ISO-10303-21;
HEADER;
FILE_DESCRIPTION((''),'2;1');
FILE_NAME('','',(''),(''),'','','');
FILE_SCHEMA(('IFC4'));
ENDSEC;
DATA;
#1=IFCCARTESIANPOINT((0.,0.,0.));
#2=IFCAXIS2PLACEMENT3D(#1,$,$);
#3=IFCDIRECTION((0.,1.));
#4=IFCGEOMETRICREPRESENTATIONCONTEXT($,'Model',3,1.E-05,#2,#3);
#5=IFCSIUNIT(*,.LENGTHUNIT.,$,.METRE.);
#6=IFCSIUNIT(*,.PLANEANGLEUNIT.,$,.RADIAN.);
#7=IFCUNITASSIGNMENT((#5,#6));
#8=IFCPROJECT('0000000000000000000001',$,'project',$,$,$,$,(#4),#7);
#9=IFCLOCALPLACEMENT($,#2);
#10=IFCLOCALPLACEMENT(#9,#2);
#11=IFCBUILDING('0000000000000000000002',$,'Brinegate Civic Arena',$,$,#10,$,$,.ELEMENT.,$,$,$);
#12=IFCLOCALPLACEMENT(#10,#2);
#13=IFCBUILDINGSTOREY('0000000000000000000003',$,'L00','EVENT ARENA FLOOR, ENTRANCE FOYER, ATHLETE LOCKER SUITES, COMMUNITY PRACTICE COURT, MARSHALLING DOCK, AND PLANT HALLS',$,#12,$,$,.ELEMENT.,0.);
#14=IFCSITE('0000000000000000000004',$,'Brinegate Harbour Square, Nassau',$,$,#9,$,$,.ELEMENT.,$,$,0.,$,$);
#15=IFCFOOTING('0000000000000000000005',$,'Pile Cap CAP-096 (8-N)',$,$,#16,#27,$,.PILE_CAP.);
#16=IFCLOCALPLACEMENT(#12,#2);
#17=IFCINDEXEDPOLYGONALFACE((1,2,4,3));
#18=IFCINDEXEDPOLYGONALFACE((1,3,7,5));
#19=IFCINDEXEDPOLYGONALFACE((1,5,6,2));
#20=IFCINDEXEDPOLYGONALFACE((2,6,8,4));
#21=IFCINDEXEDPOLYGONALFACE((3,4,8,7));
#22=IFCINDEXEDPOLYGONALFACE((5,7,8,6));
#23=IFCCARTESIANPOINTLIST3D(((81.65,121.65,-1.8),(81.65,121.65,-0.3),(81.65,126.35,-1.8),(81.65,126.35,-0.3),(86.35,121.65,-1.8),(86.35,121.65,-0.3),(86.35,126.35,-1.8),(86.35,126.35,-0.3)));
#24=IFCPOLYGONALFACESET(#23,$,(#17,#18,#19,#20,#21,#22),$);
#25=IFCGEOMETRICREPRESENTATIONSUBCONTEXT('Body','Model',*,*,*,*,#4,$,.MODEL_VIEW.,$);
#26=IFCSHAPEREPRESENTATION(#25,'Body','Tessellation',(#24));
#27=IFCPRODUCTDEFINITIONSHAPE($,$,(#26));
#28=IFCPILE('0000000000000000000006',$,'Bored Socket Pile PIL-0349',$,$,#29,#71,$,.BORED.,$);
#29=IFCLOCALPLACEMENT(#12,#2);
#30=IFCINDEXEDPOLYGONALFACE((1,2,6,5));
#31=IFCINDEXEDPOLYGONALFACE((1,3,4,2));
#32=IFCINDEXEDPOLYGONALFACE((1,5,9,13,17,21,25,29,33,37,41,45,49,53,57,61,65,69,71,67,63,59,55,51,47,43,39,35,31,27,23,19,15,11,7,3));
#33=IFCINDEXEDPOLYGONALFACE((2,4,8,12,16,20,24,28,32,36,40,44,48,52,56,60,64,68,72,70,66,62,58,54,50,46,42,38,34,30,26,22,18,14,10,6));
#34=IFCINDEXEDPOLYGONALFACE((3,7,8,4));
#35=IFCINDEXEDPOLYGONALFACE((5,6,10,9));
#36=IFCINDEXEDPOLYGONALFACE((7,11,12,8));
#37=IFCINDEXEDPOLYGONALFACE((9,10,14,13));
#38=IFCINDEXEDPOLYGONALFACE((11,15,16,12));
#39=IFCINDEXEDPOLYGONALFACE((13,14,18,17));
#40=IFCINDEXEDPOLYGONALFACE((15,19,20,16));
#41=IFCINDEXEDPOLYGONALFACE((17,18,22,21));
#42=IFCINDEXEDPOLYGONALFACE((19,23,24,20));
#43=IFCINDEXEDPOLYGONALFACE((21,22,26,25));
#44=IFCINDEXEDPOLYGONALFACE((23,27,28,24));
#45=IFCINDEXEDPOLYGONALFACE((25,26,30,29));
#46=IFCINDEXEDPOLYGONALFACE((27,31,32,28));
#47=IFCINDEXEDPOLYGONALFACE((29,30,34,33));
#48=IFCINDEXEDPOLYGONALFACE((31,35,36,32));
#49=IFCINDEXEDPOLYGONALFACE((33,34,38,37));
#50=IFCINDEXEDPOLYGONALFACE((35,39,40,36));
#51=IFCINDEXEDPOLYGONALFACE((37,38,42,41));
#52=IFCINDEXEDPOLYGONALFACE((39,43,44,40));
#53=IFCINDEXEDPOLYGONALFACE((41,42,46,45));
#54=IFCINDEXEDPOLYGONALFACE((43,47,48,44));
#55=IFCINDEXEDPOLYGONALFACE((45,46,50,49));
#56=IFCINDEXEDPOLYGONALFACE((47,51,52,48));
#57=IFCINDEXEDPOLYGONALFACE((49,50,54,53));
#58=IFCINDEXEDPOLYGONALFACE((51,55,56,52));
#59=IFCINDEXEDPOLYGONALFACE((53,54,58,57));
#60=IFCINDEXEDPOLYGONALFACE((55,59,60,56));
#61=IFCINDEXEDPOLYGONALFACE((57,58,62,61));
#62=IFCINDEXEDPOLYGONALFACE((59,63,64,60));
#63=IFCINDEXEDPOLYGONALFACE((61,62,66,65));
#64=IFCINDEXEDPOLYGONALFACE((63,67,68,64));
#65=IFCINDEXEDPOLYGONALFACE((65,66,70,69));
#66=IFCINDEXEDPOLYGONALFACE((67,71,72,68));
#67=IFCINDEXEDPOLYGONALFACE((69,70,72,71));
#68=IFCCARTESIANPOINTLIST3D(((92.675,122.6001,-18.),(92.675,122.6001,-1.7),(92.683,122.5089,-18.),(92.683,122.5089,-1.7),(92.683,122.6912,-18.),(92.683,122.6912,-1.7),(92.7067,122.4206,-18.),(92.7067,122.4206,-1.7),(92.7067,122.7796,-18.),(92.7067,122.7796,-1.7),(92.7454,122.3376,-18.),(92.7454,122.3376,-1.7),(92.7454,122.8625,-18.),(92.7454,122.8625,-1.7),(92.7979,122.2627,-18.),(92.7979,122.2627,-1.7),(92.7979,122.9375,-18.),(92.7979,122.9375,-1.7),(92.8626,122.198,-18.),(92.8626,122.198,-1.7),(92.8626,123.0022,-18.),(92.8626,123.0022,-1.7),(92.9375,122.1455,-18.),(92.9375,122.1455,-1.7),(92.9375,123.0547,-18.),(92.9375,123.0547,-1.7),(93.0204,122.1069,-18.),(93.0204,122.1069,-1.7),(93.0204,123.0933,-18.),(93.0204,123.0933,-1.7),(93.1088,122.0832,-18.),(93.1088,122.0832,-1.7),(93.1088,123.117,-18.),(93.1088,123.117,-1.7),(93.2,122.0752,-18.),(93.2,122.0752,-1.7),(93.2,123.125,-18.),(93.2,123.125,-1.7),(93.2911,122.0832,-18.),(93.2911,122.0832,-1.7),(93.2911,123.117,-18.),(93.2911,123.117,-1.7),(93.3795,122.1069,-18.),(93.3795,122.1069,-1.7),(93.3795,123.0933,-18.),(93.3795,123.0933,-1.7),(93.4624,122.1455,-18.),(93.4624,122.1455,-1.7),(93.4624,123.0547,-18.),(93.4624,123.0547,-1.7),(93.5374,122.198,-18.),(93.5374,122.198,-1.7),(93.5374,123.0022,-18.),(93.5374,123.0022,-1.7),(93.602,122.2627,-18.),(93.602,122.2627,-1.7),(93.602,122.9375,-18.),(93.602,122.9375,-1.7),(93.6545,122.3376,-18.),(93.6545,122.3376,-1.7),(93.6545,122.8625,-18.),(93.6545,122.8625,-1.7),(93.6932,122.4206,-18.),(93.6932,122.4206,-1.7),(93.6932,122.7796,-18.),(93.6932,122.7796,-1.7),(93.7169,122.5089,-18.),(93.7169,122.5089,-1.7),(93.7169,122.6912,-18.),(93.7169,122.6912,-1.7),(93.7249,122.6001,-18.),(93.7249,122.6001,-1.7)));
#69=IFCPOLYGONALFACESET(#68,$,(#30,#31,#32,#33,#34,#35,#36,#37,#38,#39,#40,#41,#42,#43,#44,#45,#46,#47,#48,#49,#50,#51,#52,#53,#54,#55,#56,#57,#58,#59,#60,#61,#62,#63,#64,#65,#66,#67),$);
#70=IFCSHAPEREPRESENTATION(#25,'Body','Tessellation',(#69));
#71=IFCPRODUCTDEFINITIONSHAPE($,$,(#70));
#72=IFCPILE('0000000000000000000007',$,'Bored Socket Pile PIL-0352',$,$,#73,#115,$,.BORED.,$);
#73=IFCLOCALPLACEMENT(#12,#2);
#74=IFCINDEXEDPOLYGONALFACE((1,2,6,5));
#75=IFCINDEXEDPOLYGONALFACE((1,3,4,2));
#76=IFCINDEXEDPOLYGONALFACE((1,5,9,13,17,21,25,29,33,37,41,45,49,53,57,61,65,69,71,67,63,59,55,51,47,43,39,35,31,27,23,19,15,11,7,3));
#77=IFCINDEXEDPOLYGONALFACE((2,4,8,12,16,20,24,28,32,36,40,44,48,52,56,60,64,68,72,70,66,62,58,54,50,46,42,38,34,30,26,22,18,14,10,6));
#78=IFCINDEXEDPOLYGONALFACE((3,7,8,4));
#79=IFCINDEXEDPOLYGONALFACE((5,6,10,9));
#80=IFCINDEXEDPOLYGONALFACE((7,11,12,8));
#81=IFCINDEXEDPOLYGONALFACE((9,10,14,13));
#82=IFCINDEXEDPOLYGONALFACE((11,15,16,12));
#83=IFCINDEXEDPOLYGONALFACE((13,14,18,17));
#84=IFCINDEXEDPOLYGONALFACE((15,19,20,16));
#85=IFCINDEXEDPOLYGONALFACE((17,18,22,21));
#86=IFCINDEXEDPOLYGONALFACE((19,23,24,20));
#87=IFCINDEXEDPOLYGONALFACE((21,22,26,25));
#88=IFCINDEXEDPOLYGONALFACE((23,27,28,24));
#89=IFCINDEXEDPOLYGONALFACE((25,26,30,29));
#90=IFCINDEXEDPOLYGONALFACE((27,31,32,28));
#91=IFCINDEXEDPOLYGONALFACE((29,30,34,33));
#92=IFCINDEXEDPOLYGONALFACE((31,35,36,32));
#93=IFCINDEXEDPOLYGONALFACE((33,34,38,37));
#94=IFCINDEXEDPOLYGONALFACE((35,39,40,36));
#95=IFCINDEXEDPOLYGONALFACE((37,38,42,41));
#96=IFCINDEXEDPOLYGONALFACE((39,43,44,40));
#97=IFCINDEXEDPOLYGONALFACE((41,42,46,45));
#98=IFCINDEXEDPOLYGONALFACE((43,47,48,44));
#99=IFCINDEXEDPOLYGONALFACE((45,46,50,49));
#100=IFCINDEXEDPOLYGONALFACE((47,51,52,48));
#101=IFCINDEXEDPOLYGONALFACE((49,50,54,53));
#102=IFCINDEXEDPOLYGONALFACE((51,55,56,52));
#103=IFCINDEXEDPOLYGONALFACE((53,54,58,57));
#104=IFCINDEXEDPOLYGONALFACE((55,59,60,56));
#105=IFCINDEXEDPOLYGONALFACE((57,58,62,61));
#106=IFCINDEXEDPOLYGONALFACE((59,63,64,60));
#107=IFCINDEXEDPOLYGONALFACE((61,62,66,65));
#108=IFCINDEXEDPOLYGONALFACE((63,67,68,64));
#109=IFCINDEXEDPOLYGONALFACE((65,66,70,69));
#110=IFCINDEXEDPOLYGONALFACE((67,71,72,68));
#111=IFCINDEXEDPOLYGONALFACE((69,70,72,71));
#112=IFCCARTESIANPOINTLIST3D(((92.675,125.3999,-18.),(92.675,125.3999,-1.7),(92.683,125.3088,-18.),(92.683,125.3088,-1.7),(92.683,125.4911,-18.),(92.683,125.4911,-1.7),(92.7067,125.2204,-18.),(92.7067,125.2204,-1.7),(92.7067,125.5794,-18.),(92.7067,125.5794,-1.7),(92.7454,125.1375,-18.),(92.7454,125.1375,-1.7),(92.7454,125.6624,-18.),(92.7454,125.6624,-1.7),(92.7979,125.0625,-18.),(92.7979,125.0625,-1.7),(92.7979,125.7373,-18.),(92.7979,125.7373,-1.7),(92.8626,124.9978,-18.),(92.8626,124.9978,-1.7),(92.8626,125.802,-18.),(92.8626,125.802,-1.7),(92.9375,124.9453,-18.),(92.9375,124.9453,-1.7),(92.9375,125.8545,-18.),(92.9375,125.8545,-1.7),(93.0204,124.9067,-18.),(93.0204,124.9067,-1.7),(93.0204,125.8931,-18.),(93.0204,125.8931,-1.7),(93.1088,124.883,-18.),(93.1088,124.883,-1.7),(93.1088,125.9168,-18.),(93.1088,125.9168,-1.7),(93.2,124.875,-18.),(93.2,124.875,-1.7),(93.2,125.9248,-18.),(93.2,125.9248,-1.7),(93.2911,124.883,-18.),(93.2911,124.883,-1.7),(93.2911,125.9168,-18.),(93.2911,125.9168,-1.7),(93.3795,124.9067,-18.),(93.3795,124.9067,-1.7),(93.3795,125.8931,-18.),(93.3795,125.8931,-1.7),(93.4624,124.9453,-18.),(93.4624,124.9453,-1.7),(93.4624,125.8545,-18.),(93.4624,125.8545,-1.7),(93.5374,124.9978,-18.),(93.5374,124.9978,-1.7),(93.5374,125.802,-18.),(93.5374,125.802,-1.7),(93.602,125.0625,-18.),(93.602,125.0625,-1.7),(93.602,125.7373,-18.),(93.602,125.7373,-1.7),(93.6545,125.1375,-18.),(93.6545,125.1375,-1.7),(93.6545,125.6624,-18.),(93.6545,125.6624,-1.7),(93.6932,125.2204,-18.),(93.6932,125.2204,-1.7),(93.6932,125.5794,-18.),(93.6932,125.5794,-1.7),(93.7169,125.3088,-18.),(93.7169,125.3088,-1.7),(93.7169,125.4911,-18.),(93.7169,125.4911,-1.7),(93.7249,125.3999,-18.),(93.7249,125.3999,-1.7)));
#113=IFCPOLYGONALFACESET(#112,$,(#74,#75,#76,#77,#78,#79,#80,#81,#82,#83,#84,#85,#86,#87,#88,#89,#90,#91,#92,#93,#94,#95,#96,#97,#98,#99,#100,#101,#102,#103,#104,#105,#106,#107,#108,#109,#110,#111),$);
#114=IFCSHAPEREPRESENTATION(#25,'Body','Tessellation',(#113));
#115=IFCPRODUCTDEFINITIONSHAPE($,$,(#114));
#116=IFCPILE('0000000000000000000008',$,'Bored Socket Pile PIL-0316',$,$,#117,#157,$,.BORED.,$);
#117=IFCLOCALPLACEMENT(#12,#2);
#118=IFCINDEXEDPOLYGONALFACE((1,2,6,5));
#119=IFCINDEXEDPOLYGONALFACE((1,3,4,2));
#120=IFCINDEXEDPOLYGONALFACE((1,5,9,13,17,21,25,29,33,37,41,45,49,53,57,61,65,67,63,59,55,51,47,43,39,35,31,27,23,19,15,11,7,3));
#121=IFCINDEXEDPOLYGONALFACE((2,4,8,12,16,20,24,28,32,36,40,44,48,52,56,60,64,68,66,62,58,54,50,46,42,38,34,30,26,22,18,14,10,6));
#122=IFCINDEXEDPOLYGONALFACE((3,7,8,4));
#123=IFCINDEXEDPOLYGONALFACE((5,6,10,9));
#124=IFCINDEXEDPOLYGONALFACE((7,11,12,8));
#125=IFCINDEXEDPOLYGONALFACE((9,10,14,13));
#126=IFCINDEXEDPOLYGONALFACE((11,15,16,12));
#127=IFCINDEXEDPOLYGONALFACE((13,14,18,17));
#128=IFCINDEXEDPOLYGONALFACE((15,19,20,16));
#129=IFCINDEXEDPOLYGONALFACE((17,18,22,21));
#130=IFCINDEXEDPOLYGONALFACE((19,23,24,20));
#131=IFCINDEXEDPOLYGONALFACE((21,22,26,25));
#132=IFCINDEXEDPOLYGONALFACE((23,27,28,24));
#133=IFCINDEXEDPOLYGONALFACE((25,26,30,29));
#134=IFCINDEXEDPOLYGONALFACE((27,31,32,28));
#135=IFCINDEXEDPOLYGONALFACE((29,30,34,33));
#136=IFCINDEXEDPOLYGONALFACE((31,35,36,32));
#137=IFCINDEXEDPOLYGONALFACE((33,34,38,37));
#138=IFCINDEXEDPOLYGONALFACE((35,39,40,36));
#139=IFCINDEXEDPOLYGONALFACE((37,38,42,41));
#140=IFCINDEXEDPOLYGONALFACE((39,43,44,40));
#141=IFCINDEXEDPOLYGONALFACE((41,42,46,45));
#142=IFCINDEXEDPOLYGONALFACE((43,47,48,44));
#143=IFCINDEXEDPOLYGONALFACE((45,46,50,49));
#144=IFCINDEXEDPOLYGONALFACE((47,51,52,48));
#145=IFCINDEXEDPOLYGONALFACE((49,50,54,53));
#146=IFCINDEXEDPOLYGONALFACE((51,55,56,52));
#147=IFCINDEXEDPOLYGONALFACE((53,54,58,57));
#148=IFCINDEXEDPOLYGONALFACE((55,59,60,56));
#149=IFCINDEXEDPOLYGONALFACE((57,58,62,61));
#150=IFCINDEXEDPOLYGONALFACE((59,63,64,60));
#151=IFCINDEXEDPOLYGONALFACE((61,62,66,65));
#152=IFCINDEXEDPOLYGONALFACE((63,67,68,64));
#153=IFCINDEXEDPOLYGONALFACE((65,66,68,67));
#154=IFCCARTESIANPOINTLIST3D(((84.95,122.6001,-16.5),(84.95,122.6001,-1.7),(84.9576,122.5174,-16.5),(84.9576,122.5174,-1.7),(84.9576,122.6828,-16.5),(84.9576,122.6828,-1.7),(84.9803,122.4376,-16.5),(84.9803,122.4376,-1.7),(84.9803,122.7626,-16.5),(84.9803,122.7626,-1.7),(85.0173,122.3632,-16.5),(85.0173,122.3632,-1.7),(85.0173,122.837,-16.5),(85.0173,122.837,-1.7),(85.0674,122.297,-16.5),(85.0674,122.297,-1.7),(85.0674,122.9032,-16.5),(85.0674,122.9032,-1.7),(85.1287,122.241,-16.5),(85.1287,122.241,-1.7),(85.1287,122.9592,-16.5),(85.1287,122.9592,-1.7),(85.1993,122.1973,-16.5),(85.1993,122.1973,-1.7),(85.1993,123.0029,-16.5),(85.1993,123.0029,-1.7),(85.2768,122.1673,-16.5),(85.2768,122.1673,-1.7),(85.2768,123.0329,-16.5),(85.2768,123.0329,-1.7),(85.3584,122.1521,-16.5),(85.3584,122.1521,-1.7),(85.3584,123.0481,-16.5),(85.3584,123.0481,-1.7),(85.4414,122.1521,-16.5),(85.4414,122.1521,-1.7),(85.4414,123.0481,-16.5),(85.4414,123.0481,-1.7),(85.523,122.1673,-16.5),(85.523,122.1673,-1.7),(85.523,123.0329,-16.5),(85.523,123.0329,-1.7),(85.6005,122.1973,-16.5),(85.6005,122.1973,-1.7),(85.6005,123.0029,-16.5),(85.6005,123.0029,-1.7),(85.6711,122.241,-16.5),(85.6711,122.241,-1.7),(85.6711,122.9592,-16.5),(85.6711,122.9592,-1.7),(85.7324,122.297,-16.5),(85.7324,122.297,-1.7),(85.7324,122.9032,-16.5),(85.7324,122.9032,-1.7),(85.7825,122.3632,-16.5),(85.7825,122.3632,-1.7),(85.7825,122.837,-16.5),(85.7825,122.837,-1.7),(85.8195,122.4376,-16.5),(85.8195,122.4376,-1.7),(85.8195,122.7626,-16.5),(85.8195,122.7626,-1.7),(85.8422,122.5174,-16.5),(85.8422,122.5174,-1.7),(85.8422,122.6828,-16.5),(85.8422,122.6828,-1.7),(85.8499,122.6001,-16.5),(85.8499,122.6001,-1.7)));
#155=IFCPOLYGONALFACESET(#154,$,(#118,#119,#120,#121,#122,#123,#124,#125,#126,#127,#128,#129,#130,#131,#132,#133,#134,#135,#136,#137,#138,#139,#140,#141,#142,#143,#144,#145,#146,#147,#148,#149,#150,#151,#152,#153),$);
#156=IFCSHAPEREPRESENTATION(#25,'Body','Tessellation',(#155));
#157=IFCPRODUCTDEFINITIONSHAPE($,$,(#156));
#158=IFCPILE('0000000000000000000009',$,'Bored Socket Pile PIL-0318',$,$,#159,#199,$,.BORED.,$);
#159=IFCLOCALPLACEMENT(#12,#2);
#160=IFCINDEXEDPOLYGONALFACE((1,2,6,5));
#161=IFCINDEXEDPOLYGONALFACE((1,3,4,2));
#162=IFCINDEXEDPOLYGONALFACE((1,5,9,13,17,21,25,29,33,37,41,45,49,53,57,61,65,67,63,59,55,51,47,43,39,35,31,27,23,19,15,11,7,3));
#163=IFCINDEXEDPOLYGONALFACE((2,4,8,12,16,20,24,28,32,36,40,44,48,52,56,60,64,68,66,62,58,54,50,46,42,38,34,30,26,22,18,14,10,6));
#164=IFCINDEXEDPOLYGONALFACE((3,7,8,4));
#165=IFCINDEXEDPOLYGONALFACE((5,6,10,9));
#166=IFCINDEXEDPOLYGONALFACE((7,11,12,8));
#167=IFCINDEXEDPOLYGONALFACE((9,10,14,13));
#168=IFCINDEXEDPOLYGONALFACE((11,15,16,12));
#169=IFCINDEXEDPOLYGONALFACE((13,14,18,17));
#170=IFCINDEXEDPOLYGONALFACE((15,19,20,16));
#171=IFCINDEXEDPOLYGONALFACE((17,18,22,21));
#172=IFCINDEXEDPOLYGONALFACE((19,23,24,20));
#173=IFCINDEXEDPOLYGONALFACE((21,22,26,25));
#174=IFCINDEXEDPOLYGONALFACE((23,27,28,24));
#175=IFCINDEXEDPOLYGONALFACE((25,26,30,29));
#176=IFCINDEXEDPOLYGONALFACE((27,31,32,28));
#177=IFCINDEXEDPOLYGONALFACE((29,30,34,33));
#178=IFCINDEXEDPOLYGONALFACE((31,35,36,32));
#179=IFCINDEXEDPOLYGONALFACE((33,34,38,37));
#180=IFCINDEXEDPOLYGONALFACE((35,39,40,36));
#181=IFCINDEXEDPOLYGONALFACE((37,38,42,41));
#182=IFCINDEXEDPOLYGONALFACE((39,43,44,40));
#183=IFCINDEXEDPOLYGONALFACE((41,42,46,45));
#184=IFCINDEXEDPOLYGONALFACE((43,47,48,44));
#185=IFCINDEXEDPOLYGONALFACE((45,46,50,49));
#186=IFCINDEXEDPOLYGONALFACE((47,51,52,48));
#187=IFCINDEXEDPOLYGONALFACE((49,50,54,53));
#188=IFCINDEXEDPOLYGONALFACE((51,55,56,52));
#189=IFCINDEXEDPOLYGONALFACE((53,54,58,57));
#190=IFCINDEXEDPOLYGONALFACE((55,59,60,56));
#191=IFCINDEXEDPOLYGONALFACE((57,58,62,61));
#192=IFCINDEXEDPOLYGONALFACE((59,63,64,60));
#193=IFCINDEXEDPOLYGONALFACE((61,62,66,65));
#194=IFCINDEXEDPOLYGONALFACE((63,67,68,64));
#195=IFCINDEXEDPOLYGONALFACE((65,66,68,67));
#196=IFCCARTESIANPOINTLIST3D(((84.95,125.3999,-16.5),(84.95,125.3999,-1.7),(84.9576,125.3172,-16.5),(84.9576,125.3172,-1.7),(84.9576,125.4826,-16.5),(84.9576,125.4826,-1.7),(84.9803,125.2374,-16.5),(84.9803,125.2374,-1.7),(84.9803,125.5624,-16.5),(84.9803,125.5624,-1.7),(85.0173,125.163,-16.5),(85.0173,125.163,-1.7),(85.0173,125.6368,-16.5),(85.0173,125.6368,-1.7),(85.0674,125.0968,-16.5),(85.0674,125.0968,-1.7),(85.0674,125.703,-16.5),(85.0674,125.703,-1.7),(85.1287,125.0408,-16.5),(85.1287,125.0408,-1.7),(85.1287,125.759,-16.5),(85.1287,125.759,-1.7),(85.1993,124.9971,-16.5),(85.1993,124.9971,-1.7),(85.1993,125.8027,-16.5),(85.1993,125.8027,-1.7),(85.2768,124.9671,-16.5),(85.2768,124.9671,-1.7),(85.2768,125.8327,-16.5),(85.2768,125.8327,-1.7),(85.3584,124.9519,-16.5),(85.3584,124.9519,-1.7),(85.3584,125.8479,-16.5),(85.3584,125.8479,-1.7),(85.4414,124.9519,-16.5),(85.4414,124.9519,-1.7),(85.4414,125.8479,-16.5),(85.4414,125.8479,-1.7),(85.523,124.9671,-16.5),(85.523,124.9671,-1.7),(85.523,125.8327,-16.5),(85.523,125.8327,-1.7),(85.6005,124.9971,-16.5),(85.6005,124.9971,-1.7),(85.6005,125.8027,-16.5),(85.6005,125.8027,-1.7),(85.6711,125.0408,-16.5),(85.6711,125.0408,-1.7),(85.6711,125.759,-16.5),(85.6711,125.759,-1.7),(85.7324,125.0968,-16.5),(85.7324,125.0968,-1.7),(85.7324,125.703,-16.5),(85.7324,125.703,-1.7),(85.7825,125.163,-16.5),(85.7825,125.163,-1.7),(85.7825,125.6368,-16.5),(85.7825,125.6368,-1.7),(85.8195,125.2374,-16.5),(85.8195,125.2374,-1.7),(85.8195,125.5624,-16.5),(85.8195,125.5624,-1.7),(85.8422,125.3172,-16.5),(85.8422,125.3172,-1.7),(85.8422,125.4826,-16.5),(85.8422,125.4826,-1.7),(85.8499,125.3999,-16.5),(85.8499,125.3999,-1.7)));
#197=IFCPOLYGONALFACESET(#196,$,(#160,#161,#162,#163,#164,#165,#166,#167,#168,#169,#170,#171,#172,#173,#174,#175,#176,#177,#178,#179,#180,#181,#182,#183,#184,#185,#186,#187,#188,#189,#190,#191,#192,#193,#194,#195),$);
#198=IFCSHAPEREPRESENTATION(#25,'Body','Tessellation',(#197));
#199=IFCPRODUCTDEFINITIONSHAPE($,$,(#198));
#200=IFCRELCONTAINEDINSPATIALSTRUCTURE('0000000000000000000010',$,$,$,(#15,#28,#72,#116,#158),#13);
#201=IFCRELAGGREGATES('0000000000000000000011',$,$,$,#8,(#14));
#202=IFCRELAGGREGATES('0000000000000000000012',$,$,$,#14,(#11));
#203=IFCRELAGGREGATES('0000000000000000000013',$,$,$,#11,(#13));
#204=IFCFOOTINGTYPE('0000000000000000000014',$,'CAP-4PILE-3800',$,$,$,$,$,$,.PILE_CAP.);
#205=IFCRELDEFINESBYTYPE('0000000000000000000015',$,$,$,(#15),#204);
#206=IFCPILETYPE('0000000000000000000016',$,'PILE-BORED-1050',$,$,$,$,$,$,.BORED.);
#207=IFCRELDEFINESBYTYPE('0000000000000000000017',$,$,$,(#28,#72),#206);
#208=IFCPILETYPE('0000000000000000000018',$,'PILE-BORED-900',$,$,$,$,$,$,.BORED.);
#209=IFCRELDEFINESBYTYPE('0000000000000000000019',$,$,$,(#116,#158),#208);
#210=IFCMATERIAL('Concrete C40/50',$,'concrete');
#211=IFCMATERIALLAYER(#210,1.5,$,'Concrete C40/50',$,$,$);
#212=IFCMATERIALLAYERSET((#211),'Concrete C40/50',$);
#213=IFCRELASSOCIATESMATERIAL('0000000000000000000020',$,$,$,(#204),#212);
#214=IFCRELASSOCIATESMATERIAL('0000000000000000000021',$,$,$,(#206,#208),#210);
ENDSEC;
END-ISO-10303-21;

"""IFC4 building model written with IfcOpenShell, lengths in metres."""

from ifc_helpers import new_model, si_unit, direction, frame, origin, origin_2d, place, context, subcontext, project, spatial, rectangle, circle, extrude, material, layer, layer_set, material_profile, profile_set, type_object, element, save


model = new_model("IFC4")

# Units and contexts
model_context = context("Model", 3, precision=1e-05, world=origin(), true_north=direction((0.0, 1.0)))
body_context = subcontext(model_context, "Body", "Model", "MODEL_VIEW")
ifc_project = project(units=[si_unit("LENGTHUNIT", "METRE"), si_unit("PLANEANGLEUNIT", "RADIAN")], contexts=[model_context])

# Site, building, storey
site_placement = place(None, origin())
site = spatial("IfcSite", under=ifc_project, at=site_placement, Name="Brinegate Harbour Square, Nassau", CompositionType="ELEMENT", RefElevation=0.0)
building_placement = place(site_placement, origin())
building = spatial("IfcBuilding", under=site, at=building_placement, Name="Brinegate Civic Arena", CompositionType="ELEMENT")
storey_placement = place(building_placement, origin())
storey = spatial("IfcBuildingStorey", under=building, at=storey_placement, Name="L00", Description="EVENT ARENA FLOOR, ENTRANCE FOYER, ATHLETE LOCKER SUITES, COMMUNITY PRACTICE COURT, MARSHALLING DOCK, AND PLANT HALLS", CompositionType="ELEMENT", Elevation=0.0)

# Footing
ifc_material_1 = material(Name="Concrete C40/50", Category="concrete")
ifc_layer_1 = layer(ifc_material_1, 1.5, Name="Concrete C40/50")
ifc_layer_set_1 = layer_set([ifc_layer_1], Name="Concrete C40/50")
footing_type_1 = type_object("IfcFootingType", Name="CAP-4PILE-3800", PredefinedType="PILE_CAP", material=ifc_layer_set_1)
footing_1_placement = place(storey_placement, frame((84.0, 124.0, -1.8), z_axis=(0.0, 0.0, 1.0), x_axis=(1.0, 0.0, 0.0)))
element("IfcFooting", 1, at=footing_1_placement, inside=storey, type_object=footing_type_1, Name="Pile Cap CAP-096 (8-N)", PredefinedType="PILE_CAP", context=body_context, shape_type="SweptSolid", body=[
    extrude(rectangle(XDim=4.7, YDim=4.7, at=origin_2d()), origin(), (0.0, 0.0, 1.0), 1.5),
])

# Piles
ifc_material_profile_1 = material_profile(ifc_material_1, circle(Radius=0.5249, at=origin_2d()), Name="PILED1050")
ifc_profile_set_1 = profile_set([ifc_material_profile_1], Name="Concrete C40/50")
pile_type_1 = type_object("IfcPileType", Name="PILE-BORED-1050", PredefinedType="BORED", material=ifc_profile_set_1)
for number, where, z_axis, x_axis, name in (
    (2, (93.2, 122.6001, -1.7), (0.0, 0.0, -1.0), (1.0, 0.0, 0.0), "Bored Socket Pile PIL-0349"),
    (3, (93.2, 125.3999, -1.7), (0.0, 0.0, -1.0), (1.0, 0.0, 0.0), "Bored Socket Pile PIL-0352"),
):
    element("IfcPile", number, at=place(storey_placement, frame(where, z_axis=z_axis, x_axis=x_axis)), inside=storey, type_object=pile_type_1, Name=name, PredefinedType="BORED", context=body_context, shape_type="SweptSolid", body=[
        extrude(circle(Radius=0.5249, at=origin_2d()), origin(), (0.0, 0.0, 1.0), 16.3),
    ])
ifc_material_profile_2 = material_profile(ifc_material_1, circle(Radius=0.45, at=origin_2d()), Name="PILED900")
ifc_profile_set_2 = profile_set([ifc_material_profile_2], Name="Concrete C40/50")
pile_type_2 = type_object("IfcPileType", Name="PILE-BORED-900", PredefinedType="BORED", material=ifc_profile_set_2)
for number, where, z_axis, x_axis, name in (
    (4, (85.3999, 122.6001, -1.7), (0.0, 0.0, -1.0), (1.0, 0.0, 0.0), "Bored Socket Pile PIL-0316"),
    (5, (85.3999, 125.3999, -1.7), (0.0, 0.0, -1.0), (1.0, 0.0, 0.0), "Bored Socket Pile PIL-0318"),
):
    element("IfcPile", number, at=place(storey_placement, frame(where, z_axis=z_axis, x_axis=x_axis)), inside=storey, type_object=pile_type_2, Name=name, PredefinedType="BORED", context=body_context, shape_type="SweptSolid", body=[
        extrude(circle(Radius=0.45, at=origin_2d()), origin(), (0.0, 0.0, 1.0), 14.8),
    ])

save(model, "model.ifc")
